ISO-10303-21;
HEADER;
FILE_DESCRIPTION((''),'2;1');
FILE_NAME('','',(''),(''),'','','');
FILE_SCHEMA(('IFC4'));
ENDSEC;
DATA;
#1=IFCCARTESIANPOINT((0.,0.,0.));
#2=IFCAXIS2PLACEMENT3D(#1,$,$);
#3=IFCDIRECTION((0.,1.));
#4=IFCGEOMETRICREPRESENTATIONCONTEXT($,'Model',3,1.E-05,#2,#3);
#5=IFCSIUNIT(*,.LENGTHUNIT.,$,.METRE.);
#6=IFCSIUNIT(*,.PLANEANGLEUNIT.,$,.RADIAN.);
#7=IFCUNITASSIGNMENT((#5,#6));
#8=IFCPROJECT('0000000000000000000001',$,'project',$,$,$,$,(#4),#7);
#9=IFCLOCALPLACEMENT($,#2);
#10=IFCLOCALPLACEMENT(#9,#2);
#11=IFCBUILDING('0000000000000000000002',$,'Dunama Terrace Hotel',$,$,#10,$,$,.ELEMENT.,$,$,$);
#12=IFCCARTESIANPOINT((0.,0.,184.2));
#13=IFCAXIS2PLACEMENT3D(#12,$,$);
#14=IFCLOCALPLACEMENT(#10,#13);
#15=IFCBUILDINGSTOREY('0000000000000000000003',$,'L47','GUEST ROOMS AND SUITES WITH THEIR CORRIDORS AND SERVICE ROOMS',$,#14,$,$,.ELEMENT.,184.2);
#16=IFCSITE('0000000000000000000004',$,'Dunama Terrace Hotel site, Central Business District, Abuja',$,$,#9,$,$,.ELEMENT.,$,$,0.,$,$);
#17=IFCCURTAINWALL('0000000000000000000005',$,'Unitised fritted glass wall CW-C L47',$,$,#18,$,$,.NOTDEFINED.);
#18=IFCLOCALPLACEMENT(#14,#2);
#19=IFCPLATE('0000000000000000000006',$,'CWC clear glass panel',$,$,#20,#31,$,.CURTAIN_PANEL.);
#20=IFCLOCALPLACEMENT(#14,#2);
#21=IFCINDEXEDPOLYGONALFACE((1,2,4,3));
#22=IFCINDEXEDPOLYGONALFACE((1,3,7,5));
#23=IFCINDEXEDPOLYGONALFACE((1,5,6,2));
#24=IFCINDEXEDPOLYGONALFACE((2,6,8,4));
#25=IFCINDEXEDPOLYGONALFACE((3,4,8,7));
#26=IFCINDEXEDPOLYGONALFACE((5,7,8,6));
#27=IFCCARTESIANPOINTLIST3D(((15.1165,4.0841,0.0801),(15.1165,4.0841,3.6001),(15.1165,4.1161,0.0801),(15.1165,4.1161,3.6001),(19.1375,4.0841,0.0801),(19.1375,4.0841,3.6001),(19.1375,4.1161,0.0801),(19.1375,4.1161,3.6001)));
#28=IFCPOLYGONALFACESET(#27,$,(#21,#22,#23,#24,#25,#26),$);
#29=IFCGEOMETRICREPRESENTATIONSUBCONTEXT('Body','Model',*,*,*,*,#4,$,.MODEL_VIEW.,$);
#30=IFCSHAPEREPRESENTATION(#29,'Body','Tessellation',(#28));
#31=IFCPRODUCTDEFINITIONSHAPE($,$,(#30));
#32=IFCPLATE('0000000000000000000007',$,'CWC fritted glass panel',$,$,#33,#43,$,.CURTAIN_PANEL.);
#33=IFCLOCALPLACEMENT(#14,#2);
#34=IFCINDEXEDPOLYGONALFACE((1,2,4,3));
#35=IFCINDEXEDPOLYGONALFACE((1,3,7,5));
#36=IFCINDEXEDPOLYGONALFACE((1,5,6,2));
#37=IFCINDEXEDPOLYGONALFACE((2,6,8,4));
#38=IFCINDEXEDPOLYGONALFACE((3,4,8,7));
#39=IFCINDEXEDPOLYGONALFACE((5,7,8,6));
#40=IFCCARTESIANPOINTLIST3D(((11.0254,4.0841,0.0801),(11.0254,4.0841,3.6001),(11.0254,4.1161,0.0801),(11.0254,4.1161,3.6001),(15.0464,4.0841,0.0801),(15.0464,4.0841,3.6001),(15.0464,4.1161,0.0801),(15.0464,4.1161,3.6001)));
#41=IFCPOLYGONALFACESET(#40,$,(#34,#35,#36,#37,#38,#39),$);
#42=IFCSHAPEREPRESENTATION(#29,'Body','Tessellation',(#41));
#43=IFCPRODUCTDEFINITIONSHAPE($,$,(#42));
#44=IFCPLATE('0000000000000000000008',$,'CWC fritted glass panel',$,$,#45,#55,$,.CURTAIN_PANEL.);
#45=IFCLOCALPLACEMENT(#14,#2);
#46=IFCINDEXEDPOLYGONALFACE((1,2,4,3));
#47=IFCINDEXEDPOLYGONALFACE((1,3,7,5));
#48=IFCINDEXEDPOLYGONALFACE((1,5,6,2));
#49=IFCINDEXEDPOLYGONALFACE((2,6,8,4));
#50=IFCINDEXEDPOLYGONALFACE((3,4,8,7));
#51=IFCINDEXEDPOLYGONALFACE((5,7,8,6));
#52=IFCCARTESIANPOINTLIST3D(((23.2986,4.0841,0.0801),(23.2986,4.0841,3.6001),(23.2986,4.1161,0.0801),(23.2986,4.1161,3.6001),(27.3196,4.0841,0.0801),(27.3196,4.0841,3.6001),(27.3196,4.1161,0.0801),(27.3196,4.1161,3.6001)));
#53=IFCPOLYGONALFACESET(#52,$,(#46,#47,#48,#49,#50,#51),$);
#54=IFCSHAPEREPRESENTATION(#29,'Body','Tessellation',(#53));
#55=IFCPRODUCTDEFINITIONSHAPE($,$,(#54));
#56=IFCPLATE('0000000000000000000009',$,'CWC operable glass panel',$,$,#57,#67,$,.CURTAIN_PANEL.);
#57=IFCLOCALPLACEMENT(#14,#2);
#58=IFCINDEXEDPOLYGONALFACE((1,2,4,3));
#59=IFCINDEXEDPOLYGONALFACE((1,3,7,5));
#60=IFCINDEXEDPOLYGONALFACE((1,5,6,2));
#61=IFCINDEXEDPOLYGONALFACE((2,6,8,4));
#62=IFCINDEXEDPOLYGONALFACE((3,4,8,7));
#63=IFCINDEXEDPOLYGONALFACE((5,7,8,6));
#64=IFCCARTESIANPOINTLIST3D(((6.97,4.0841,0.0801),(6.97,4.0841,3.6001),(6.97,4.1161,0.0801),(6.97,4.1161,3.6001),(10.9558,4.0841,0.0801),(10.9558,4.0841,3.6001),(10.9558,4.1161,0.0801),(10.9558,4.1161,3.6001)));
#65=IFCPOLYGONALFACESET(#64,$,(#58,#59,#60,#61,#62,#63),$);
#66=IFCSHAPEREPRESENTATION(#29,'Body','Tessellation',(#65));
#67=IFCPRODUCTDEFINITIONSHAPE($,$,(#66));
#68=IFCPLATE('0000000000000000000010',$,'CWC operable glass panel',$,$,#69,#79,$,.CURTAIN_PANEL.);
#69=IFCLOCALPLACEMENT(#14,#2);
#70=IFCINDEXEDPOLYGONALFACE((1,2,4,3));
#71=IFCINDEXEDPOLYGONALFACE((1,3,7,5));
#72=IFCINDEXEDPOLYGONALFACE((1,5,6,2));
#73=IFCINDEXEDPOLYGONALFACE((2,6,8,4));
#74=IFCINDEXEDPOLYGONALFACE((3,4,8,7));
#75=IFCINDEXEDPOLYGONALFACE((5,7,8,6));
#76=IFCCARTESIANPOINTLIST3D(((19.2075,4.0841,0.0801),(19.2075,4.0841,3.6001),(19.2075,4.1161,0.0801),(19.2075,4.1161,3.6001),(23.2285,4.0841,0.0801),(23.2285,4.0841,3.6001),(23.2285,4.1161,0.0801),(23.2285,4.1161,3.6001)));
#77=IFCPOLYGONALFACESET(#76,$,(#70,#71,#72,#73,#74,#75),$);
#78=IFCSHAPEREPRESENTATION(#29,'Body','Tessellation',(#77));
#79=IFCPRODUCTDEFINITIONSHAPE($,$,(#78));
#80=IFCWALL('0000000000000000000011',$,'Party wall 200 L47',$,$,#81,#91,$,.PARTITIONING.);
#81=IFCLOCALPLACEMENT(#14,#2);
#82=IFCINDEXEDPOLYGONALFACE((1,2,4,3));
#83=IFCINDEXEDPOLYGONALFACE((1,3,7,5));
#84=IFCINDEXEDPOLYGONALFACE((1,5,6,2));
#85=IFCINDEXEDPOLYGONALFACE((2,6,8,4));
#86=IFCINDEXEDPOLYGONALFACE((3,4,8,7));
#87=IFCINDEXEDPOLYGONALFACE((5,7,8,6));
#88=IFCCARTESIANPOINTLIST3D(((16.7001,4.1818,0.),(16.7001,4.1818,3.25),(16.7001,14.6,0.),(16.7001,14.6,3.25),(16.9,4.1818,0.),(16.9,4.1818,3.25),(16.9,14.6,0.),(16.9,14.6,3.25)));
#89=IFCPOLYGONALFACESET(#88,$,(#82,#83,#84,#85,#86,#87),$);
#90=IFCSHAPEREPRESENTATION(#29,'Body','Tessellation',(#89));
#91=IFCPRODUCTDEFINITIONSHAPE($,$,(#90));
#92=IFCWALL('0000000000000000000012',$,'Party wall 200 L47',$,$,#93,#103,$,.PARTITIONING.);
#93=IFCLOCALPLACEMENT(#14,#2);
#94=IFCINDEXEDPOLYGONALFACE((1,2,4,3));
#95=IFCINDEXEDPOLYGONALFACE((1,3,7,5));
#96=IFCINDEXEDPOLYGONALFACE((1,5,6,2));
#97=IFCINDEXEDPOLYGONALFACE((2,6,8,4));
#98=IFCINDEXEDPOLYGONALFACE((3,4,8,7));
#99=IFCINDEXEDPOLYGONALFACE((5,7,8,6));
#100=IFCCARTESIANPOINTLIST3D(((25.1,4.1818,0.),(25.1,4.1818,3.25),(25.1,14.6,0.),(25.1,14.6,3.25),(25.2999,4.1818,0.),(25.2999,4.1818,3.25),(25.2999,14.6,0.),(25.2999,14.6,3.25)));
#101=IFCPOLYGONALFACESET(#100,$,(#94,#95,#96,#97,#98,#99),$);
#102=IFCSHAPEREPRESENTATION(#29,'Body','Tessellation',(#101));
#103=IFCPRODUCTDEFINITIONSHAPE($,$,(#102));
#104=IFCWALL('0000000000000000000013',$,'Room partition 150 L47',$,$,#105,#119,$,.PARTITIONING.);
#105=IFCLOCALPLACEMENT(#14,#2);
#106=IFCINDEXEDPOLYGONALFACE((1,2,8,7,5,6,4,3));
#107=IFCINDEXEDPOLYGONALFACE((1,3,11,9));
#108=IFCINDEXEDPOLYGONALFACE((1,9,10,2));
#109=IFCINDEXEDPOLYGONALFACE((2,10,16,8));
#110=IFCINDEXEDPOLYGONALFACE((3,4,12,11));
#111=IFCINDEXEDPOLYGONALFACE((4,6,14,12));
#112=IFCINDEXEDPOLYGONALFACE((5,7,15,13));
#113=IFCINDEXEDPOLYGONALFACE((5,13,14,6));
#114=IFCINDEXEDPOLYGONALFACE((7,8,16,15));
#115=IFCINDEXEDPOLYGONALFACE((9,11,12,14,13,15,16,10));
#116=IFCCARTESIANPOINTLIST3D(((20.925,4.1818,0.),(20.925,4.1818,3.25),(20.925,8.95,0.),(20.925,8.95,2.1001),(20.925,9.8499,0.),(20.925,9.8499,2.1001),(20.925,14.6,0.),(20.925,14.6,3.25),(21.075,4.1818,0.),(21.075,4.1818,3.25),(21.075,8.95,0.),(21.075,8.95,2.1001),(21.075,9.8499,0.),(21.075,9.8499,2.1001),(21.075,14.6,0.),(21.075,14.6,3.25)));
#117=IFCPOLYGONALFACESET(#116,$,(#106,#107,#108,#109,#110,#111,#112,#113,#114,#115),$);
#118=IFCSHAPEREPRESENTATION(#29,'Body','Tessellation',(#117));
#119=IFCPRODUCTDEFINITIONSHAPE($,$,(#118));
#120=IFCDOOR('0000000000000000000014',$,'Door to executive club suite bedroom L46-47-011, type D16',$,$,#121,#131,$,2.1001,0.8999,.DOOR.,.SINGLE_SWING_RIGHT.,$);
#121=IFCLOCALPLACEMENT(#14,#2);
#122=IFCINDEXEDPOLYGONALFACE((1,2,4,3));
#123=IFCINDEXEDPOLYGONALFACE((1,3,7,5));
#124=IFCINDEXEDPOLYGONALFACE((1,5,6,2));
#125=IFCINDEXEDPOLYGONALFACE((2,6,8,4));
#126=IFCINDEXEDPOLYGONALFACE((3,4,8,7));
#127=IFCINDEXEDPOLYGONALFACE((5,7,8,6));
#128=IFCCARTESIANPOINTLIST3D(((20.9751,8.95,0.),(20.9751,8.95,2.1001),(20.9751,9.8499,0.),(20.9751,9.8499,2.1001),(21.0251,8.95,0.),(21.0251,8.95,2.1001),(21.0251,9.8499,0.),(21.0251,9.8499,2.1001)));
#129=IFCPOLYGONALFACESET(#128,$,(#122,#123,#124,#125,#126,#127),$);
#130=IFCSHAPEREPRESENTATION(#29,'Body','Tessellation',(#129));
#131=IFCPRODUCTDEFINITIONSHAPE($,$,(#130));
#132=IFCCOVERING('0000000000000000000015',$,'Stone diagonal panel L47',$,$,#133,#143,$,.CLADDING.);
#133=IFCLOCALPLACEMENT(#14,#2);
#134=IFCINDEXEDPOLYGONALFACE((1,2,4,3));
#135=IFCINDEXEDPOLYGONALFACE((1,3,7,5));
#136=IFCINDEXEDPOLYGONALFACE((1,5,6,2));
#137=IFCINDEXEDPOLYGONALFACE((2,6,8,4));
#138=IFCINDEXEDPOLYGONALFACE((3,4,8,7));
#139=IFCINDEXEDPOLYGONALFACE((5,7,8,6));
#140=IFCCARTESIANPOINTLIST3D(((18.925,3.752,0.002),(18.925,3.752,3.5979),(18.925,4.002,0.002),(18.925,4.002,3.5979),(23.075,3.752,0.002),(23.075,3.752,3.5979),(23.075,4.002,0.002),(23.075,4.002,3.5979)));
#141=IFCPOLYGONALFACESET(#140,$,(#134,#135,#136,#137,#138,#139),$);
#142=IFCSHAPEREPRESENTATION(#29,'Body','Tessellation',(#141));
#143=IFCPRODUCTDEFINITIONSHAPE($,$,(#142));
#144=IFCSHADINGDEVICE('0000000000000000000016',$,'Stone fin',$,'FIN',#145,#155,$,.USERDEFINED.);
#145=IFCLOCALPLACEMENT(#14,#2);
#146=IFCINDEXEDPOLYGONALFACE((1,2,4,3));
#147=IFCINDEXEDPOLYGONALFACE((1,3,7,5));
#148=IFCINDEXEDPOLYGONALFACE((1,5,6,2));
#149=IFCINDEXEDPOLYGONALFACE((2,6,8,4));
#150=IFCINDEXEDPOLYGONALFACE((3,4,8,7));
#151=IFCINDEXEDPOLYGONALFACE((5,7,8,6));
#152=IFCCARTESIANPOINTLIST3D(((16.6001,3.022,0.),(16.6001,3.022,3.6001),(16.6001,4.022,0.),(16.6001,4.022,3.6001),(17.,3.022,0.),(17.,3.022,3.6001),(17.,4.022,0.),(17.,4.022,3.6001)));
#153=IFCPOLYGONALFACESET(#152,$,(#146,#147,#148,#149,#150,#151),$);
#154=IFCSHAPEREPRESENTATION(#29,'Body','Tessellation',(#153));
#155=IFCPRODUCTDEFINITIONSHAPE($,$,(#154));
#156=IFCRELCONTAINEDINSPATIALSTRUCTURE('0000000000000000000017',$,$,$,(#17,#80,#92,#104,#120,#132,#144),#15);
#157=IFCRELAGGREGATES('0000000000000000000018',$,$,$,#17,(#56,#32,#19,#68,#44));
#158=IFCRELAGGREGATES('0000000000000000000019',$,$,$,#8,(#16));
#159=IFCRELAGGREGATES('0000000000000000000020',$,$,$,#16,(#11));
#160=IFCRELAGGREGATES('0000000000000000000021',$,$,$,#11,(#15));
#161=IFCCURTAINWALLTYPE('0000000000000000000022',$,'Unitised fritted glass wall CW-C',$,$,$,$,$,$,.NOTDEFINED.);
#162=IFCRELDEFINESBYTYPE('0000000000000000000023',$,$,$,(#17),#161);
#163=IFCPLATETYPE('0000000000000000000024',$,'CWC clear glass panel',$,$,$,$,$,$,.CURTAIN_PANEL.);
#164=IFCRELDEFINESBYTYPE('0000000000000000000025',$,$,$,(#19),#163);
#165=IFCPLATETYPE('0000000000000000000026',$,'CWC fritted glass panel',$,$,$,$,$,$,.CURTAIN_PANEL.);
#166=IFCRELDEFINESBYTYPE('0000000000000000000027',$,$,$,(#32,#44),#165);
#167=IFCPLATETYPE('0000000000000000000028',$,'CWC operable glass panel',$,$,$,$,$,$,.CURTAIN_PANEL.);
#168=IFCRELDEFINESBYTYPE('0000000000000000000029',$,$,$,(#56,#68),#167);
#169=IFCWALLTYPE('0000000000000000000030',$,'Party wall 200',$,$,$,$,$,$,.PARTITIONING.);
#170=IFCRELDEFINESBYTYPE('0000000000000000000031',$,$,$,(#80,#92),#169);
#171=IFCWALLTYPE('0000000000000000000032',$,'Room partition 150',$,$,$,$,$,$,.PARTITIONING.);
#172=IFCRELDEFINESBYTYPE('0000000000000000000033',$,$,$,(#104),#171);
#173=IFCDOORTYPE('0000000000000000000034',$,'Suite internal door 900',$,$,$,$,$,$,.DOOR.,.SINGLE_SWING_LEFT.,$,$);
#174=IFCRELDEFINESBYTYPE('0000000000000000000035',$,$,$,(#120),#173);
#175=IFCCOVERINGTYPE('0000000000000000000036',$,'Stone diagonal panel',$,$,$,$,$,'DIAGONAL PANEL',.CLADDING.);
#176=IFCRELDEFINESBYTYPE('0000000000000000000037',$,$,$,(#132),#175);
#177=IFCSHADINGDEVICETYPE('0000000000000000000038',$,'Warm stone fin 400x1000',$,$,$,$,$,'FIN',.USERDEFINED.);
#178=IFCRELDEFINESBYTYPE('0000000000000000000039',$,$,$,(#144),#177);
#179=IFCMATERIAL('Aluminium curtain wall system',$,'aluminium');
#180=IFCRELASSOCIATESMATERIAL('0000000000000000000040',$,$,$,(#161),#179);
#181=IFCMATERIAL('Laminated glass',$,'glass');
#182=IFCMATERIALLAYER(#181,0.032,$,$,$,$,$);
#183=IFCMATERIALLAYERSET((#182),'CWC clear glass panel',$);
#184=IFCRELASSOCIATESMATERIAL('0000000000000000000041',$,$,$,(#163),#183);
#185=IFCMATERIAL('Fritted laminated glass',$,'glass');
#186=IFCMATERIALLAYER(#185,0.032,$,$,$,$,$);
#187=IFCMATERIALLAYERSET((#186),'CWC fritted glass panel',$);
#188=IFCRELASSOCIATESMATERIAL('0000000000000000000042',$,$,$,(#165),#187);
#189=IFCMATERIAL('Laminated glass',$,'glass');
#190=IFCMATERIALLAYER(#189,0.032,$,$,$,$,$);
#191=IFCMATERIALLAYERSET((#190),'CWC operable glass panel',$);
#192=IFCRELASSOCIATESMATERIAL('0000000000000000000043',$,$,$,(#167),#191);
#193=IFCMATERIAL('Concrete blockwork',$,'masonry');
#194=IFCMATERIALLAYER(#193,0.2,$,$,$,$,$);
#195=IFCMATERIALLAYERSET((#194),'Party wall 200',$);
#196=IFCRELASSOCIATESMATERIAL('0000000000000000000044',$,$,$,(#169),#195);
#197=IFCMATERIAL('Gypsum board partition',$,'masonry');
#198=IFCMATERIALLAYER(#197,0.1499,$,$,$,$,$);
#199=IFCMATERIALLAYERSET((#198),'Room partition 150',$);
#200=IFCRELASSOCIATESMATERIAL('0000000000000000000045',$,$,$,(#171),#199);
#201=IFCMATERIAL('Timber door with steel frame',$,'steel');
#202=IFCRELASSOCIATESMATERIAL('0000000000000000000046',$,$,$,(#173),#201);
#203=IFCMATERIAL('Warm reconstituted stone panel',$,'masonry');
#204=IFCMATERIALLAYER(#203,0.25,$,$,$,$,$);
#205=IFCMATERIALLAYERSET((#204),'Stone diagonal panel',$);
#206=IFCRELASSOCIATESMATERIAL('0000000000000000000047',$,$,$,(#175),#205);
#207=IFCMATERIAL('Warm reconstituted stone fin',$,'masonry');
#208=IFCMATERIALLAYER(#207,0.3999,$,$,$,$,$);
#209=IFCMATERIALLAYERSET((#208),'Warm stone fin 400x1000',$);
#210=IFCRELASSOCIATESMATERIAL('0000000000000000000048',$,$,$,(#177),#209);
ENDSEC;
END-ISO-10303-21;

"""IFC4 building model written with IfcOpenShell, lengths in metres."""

from ifc_helpers import new_model, si_unit, direction, frame, frame_2d, origin, origin_2d, place, context, subcontext, project, spatial, rectangle, extrude, material, layer, layer_set, type_object, element, fill, aggregate, save


model = new_model("IFC4")

# Units and contexts
model_context = context("Model", 3, precision=1e-05, world=origin(), true_north=direction((0.0, 1.0)))
body_context = subcontext(model_context, "Body", "Model", "MODEL_VIEW")
ifc_project = project(units=[si_unit("LENGTHUNIT", "METRE"), si_unit("PLANEANGLEUNIT", "RADIAN")], contexts=[model_context])

# Site, building, storey
site_placement = place(None, origin())
site = spatial("IfcSite", under=ifc_project, at=site_placement, Name="Dunama Terrace Hotel site, Central Business District, Abuja", CompositionType="ELEMENT", RefElevation=0.0)
building_placement = place(site_placement, origin())
building = spatial("IfcBuilding", under=site, at=building_placement, Name="Dunama Terrace Hotel", CompositionType="ELEMENT")
storey_placement = place(building_placement, frame((0.0, 0.0, 184.2)))
storey = spatial("IfcBuildingStorey", under=building, at=storey_placement, Name="L47", Description="GUEST ROOMS AND SUITES WITH THEIR CORRIDORS AND SERVICE ROOMS", CompositionType="ELEMENT", Elevation=184.2)

# Curtain wall
ifc_material_1 = material(Name="Aluminium curtain wall system", Category="aluminium")
curtain_wall_type = type_object("IfcCurtainWallType", Name="Unitised fritted glass wall CW-C", PredefinedType="NOTDEFINED", material=ifc_material_1)
curtain_wall_placement = place(storey_placement, origin())
curtain_wall = element("IfcCurtainWall", 1, at=curtain_wall_placement, inside=storey, type_object=curtain_wall_type, Name="Unitised fritted glass wall CW-C L47", PredefinedType="NOTDEFINED")

# Plates
ifc_material_2 = material(Name="Laminated glass", Category="glass")
ifc_layer_1 = layer(ifc_material_2, 0.032)
ifc_layer_set_1 = layer_set([ifc_layer_1], Name="CWC clear glass panel")
plate_type_1 = type_object("IfcPlateType", Name="CWC clear glass panel", PredefinedType="CURTAIN_PANEL", material=ifc_layer_set_1)
plate_1_placement = place(storey_placement, frame((17.127, 4.1001, 0.0801), z_axis=(0.0, 0.0, 1.0), x_axis=(1.0, 0.0, 0.0)))
plate_1 = element("IfcPlate", 2, at=plate_1_placement, type_object=plate_type_1, Name="CWC clear glass panel", PredefinedType="CURTAIN_PANEL", context=body_context, shape_type="SweptSolid", body=[
    extrude(rectangle(XDim=4.021, YDim=0.032, at=origin_2d()), origin(), (0.0, 0.0, 1.0), 3.52),
])
ifc_material_3 = material(Name="Fritted laminated glass", Category="glass")
ifc_layer_2 = layer(ifc_material_3, 0.032)
ifc_layer_set_2 = layer_set([ifc_layer_2], Name="CWC fritted glass panel")
plate_type_2 = type_object("IfcPlateType", Name="CWC fritted glass panel", PredefinedType="CURTAIN_PANEL", material=ifc_layer_set_2)
plate_2_placement = place(storey_placement, frame((13.0359, 4.1001, 0.0801), z_axis=(0.0, 0.0, 1.0), x_axis=(1.0, 0.0, 0.0)))
plate_2 = element("IfcPlate", 3, at=plate_2_placement, type_object=plate_type_2, Name="CWC fritted glass panel", PredefinedType="CURTAIN_PANEL", context=body_context, shape_type="SweptSolid", body=[
    extrude(rectangle(XDim=4.021, YDim=0.032, at=origin_2d()), origin(), (0.0, 0.0, 1.0), 3.52),
])
plate_3_placement = place(storey_placement, frame((25.3091, 4.1001, 0.0801), z_axis=(0.0, 0.0, 1.0), x_axis=(1.0, 0.0, 0.0)))
plate_3 = element("IfcPlate", 4, at=plate_3_placement, type_object=plate_type_2, Name="CWC fritted glass panel", PredefinedType="CURTAIN_PANEL", context=body_context, shape_type="SweptSolid", body=[
    extrude(rectangle(XDim=4.021, YDim=0.032, at=origin_2d()), origin(), (0.0, 0.0, 1.0), 3.52),
])
ifc_material_4 = material(Name="Laminated glass", Category="glass")
ifc_layer_3 = layer(ifc_material_4, 0.032)
ifc_layer_set_3 = layer_set([ifc_layer_3], Name="CWC operable glass panel")
plate_type_3 = type_object("IfcPlateType", Name="CWC operable glass panel", PredefinedType="CURTAIN_PANEL", material=ifc_layer_set_3)
plate_4_placement = place(storey_placement, frame((8.9629, 4.1001, 0.0801), z_axis=(0.0, 0.0, 1.0), x_axis=(1.0, 0.0, 0.0)))
plate_4 = element("IfcPlate", 5, at=plate_4_placement, type_object=plate_type_3, Name="CWC operable glass panel", PredefinedType="CURTAIN_PANEL", context=body_context, shape_type="SweptSolid", body=[
    extrude(rectangle(XDim=3.9858, YDim=0.032, at=origin_2d()), origin(), (0.0, 0.0, 1.0), 3.52),
])
plate_5_placement = place(storey_placement, frame((21.218, 4.1001, 0.0801), z_axis=(0.0, 0.0, 1.0), x_axis=(1.0, 0.0, 0.0)))
plate_5 = element("IfcPlate", 6, at=plate_5_placement, type_object=plate_type_3, Name="CWC operable glass panel", PredefinedType="CURTAIN_PANEL", context=body_context, shape_type="SweptSolid", body=[
    extrude(rectangle(XDim=4.021, YDim=0.032, at=origin_2d()), origin(), (0.0, 0.0, 1.0), 3.52),
])
aggregate(curtain_wall, [plate_4, plate_2, plate_1, plate_5, plate_3])

# Walls
ifc_material_5 = material(Name="Concrete blockwork", Category="masonry")
ifc_layer_4 = layer(ifc_material_5, 0.2)
ifc_layer_set_4 = layer_set([ifc_layer_4], Name="Party wall 200")
wall_type_1 = type_object("IfcWallType", Name="Party wall 200", PredefinedType="PARTITIONING", material=ifc_layer_set_4)
for number, where, z_axis, x_axis, name in (
    (7, (16.8, 4.1819, 0.0), (0.0, 0.0, 1.0), (0.0, 1.0, 0.0), "Party wall 200 L47"),
    (8, (25.2, 4.1819, 0.0), (0.0, 0.0, 1.0), (0.0, 1.0, 0.0), "Party wall 200 L47"),
):
    element("IfcWall", number, at=place(storey_placement, frame(where, z_axis=z_axis, x_axis=x_axis)), inside=storey, type_object=wall_type_1, Name=name, PredefinedType="PARTITIONING", context=body_context, shape_type="SweptSolid", body=[
        extrude(rectangle(XDim=10.4182, YDim=0.2, at=frame_2d((5.209, 0.0))), origin(), (0.0, 0.0, 1.0), 3.25),
    ])

# Wall, opening, door
ifc_material_6 = material(Name="Gypsum board partition", Category="masonry")
ifc_layer_5 = layer(ifc_material_6, 0.1499)
ifc_layer_set_5 = layer_set([ifc_layer_5], Name="Room partition 150")
wall_type_2 = type_object("IfcWallType", Name="Room partition 150", PredefinedType="PARTITIONING", material=ifc_layer_set_5)
wall_placement = place(storey_placement, frame((21.0, 4.1819, 0.0), z_axis=(0.0, 0.0, 1.0), x_axis=(0.0, 1.0, 0.0)))
wall = element("IfcWall", 9, at=wall_placement, inside=storey, type_object=wall_type_2, Name="Room partition 150 L47", PredefinedType="PARTITIONING", context=body_context, shape_type="SweptSolid", body=[
    extrude(rectangle(XDim=10.4182, YDim=0.1499, at=frame_2d((5.209, 0.0))), origin(), (0.0, 0.0, 1.0), 3.25),
])
opening_placement = place(wall_placement, frame((4.7681, 0.0, 0.0)))
opening = element("IfcOpeningElement", 10, at=opening_placement, cuts=wall, PredefinedType="OPENING", context=body_context, shape_type="SweptSolid", body=[
    extrude(rectangle(XDim=0.8999, YDim=2.1001, at=frame_2d((0.45, 1.05))), frame((0.0, 0.085, 0.0), z_axis=(0.0, -1.0, 0.0), x_axis=(1.0, 0.0, 0.0)), (0.0, 0.0, 1.0), 0.1699),
])
ifc_material_7 = material(Name="Timber door with steel frame", Category="steel")
door_type = type_object("IfcDoorType", Name="Suite internal door 900", OperationType="SINGLE_SWING_LEFT", PredefinedType="DOOR", material=ifc_material_7)
door_placement = place(opening_placement, frame((0.8999, 0.0, 0.0), z_axis=(0.0, 0.0, 1.0), x_axis=(-1.0, 0.0, 0.0)))
door = element("IfcDoor", 11, at=door_placement, inside=storey, type_object=door_type, Name="Door to executive club suite bedroom L46-47-011, type D16", OperationType="SINGLE_SWING_RIGHT", OverallHeight=2.1001, OverallWidth=0.8999, PredefinedType="DOOR", context=body_context, shape_type="SweptSolid", body=[
    extrude(rectangle(XDim=0.8999, YDim=2.1001, at=frame_2d((0.45, 1.05))), frame((0.0, 0.0251, 0.0), z_axis=(0.0, -1.0, 0.0), x_axis=(1.0, 0.0, 0.0)), (0.0, 0.0, 1.0), 0.05),
])
fill(opening, door)

# Covering
ifc_material_8 = material(Name="Warm reconstituted stone panel", Category="masonry")
ifc_layer_6 = layer(ifc_material_8, 0.25)
ifc_layer_set_6 = layer_set([ifc_layer_6], Name="Stone diagonal panel")
covering_type = type_object("IfcCoveringType", Name="Stone diagonal panel", ElementType="DIAGONAL PANEL", PredefinedType="CLADDING", material=ifc_layer_set_6)
covering_placement = place(storey_placement, frame((21.0, 3.877, 0.002), z_axis=(0.0, 0.0, 1.0), x_axis=(1.0, 0.0, 0.0)))
element("IfcCovering", 12, at=covering_placement, inside=storey, type_object=covering_type, Name="Stone diagonal panel L47", PredefinedType="CLADDING", context=body_context, shape_type="SweptSolid", body=[
    extrude(rectangle(XDim=4.1499, YDim=0.25, at=origin_2d()), origin(), (0.0, 0.0, 1.0), 3.5959),
])

# Shading device
ifc_material_9 = material(Name="Warm reconstituted stone fin", Category="masonry")
ifc_layer_7 = layer(ifc_material_9, 0.3999)
ifc_layer_set_7 = layer_set([ifc_layer_7], Name="Warm stone fin 400x1000")
shading_device_type = type_object("IfcShadingDeviceType", Name="Warm stone fin 400x1000", ElementType="FIN", PredefinedType="USERDEFINED", material=ifc_layer_set_7)
shading_device_placement = place(storey_placement, frame((16.8, 3.522, 0.0), z_axis=(0.0, 0.0, 1.0), x_axis=(1.0, 0.0, 0.0)))
element("IfcShadingDevice", 13, at=shading_device_placement, inside=storey, type_object=shading_device_type, Name="Stone fin", ObjectType="FIN", PredefinedType="USERDEFINED", context=body_context, shape_type="SweptSolid", body=[
    extrude(rectangle(XDim=0.3999, YDim=1.0, at=origin_2d()), origin(), (0.0, 0.0, 1.0), 3.6001),
])

save(model, "model.ifc")
